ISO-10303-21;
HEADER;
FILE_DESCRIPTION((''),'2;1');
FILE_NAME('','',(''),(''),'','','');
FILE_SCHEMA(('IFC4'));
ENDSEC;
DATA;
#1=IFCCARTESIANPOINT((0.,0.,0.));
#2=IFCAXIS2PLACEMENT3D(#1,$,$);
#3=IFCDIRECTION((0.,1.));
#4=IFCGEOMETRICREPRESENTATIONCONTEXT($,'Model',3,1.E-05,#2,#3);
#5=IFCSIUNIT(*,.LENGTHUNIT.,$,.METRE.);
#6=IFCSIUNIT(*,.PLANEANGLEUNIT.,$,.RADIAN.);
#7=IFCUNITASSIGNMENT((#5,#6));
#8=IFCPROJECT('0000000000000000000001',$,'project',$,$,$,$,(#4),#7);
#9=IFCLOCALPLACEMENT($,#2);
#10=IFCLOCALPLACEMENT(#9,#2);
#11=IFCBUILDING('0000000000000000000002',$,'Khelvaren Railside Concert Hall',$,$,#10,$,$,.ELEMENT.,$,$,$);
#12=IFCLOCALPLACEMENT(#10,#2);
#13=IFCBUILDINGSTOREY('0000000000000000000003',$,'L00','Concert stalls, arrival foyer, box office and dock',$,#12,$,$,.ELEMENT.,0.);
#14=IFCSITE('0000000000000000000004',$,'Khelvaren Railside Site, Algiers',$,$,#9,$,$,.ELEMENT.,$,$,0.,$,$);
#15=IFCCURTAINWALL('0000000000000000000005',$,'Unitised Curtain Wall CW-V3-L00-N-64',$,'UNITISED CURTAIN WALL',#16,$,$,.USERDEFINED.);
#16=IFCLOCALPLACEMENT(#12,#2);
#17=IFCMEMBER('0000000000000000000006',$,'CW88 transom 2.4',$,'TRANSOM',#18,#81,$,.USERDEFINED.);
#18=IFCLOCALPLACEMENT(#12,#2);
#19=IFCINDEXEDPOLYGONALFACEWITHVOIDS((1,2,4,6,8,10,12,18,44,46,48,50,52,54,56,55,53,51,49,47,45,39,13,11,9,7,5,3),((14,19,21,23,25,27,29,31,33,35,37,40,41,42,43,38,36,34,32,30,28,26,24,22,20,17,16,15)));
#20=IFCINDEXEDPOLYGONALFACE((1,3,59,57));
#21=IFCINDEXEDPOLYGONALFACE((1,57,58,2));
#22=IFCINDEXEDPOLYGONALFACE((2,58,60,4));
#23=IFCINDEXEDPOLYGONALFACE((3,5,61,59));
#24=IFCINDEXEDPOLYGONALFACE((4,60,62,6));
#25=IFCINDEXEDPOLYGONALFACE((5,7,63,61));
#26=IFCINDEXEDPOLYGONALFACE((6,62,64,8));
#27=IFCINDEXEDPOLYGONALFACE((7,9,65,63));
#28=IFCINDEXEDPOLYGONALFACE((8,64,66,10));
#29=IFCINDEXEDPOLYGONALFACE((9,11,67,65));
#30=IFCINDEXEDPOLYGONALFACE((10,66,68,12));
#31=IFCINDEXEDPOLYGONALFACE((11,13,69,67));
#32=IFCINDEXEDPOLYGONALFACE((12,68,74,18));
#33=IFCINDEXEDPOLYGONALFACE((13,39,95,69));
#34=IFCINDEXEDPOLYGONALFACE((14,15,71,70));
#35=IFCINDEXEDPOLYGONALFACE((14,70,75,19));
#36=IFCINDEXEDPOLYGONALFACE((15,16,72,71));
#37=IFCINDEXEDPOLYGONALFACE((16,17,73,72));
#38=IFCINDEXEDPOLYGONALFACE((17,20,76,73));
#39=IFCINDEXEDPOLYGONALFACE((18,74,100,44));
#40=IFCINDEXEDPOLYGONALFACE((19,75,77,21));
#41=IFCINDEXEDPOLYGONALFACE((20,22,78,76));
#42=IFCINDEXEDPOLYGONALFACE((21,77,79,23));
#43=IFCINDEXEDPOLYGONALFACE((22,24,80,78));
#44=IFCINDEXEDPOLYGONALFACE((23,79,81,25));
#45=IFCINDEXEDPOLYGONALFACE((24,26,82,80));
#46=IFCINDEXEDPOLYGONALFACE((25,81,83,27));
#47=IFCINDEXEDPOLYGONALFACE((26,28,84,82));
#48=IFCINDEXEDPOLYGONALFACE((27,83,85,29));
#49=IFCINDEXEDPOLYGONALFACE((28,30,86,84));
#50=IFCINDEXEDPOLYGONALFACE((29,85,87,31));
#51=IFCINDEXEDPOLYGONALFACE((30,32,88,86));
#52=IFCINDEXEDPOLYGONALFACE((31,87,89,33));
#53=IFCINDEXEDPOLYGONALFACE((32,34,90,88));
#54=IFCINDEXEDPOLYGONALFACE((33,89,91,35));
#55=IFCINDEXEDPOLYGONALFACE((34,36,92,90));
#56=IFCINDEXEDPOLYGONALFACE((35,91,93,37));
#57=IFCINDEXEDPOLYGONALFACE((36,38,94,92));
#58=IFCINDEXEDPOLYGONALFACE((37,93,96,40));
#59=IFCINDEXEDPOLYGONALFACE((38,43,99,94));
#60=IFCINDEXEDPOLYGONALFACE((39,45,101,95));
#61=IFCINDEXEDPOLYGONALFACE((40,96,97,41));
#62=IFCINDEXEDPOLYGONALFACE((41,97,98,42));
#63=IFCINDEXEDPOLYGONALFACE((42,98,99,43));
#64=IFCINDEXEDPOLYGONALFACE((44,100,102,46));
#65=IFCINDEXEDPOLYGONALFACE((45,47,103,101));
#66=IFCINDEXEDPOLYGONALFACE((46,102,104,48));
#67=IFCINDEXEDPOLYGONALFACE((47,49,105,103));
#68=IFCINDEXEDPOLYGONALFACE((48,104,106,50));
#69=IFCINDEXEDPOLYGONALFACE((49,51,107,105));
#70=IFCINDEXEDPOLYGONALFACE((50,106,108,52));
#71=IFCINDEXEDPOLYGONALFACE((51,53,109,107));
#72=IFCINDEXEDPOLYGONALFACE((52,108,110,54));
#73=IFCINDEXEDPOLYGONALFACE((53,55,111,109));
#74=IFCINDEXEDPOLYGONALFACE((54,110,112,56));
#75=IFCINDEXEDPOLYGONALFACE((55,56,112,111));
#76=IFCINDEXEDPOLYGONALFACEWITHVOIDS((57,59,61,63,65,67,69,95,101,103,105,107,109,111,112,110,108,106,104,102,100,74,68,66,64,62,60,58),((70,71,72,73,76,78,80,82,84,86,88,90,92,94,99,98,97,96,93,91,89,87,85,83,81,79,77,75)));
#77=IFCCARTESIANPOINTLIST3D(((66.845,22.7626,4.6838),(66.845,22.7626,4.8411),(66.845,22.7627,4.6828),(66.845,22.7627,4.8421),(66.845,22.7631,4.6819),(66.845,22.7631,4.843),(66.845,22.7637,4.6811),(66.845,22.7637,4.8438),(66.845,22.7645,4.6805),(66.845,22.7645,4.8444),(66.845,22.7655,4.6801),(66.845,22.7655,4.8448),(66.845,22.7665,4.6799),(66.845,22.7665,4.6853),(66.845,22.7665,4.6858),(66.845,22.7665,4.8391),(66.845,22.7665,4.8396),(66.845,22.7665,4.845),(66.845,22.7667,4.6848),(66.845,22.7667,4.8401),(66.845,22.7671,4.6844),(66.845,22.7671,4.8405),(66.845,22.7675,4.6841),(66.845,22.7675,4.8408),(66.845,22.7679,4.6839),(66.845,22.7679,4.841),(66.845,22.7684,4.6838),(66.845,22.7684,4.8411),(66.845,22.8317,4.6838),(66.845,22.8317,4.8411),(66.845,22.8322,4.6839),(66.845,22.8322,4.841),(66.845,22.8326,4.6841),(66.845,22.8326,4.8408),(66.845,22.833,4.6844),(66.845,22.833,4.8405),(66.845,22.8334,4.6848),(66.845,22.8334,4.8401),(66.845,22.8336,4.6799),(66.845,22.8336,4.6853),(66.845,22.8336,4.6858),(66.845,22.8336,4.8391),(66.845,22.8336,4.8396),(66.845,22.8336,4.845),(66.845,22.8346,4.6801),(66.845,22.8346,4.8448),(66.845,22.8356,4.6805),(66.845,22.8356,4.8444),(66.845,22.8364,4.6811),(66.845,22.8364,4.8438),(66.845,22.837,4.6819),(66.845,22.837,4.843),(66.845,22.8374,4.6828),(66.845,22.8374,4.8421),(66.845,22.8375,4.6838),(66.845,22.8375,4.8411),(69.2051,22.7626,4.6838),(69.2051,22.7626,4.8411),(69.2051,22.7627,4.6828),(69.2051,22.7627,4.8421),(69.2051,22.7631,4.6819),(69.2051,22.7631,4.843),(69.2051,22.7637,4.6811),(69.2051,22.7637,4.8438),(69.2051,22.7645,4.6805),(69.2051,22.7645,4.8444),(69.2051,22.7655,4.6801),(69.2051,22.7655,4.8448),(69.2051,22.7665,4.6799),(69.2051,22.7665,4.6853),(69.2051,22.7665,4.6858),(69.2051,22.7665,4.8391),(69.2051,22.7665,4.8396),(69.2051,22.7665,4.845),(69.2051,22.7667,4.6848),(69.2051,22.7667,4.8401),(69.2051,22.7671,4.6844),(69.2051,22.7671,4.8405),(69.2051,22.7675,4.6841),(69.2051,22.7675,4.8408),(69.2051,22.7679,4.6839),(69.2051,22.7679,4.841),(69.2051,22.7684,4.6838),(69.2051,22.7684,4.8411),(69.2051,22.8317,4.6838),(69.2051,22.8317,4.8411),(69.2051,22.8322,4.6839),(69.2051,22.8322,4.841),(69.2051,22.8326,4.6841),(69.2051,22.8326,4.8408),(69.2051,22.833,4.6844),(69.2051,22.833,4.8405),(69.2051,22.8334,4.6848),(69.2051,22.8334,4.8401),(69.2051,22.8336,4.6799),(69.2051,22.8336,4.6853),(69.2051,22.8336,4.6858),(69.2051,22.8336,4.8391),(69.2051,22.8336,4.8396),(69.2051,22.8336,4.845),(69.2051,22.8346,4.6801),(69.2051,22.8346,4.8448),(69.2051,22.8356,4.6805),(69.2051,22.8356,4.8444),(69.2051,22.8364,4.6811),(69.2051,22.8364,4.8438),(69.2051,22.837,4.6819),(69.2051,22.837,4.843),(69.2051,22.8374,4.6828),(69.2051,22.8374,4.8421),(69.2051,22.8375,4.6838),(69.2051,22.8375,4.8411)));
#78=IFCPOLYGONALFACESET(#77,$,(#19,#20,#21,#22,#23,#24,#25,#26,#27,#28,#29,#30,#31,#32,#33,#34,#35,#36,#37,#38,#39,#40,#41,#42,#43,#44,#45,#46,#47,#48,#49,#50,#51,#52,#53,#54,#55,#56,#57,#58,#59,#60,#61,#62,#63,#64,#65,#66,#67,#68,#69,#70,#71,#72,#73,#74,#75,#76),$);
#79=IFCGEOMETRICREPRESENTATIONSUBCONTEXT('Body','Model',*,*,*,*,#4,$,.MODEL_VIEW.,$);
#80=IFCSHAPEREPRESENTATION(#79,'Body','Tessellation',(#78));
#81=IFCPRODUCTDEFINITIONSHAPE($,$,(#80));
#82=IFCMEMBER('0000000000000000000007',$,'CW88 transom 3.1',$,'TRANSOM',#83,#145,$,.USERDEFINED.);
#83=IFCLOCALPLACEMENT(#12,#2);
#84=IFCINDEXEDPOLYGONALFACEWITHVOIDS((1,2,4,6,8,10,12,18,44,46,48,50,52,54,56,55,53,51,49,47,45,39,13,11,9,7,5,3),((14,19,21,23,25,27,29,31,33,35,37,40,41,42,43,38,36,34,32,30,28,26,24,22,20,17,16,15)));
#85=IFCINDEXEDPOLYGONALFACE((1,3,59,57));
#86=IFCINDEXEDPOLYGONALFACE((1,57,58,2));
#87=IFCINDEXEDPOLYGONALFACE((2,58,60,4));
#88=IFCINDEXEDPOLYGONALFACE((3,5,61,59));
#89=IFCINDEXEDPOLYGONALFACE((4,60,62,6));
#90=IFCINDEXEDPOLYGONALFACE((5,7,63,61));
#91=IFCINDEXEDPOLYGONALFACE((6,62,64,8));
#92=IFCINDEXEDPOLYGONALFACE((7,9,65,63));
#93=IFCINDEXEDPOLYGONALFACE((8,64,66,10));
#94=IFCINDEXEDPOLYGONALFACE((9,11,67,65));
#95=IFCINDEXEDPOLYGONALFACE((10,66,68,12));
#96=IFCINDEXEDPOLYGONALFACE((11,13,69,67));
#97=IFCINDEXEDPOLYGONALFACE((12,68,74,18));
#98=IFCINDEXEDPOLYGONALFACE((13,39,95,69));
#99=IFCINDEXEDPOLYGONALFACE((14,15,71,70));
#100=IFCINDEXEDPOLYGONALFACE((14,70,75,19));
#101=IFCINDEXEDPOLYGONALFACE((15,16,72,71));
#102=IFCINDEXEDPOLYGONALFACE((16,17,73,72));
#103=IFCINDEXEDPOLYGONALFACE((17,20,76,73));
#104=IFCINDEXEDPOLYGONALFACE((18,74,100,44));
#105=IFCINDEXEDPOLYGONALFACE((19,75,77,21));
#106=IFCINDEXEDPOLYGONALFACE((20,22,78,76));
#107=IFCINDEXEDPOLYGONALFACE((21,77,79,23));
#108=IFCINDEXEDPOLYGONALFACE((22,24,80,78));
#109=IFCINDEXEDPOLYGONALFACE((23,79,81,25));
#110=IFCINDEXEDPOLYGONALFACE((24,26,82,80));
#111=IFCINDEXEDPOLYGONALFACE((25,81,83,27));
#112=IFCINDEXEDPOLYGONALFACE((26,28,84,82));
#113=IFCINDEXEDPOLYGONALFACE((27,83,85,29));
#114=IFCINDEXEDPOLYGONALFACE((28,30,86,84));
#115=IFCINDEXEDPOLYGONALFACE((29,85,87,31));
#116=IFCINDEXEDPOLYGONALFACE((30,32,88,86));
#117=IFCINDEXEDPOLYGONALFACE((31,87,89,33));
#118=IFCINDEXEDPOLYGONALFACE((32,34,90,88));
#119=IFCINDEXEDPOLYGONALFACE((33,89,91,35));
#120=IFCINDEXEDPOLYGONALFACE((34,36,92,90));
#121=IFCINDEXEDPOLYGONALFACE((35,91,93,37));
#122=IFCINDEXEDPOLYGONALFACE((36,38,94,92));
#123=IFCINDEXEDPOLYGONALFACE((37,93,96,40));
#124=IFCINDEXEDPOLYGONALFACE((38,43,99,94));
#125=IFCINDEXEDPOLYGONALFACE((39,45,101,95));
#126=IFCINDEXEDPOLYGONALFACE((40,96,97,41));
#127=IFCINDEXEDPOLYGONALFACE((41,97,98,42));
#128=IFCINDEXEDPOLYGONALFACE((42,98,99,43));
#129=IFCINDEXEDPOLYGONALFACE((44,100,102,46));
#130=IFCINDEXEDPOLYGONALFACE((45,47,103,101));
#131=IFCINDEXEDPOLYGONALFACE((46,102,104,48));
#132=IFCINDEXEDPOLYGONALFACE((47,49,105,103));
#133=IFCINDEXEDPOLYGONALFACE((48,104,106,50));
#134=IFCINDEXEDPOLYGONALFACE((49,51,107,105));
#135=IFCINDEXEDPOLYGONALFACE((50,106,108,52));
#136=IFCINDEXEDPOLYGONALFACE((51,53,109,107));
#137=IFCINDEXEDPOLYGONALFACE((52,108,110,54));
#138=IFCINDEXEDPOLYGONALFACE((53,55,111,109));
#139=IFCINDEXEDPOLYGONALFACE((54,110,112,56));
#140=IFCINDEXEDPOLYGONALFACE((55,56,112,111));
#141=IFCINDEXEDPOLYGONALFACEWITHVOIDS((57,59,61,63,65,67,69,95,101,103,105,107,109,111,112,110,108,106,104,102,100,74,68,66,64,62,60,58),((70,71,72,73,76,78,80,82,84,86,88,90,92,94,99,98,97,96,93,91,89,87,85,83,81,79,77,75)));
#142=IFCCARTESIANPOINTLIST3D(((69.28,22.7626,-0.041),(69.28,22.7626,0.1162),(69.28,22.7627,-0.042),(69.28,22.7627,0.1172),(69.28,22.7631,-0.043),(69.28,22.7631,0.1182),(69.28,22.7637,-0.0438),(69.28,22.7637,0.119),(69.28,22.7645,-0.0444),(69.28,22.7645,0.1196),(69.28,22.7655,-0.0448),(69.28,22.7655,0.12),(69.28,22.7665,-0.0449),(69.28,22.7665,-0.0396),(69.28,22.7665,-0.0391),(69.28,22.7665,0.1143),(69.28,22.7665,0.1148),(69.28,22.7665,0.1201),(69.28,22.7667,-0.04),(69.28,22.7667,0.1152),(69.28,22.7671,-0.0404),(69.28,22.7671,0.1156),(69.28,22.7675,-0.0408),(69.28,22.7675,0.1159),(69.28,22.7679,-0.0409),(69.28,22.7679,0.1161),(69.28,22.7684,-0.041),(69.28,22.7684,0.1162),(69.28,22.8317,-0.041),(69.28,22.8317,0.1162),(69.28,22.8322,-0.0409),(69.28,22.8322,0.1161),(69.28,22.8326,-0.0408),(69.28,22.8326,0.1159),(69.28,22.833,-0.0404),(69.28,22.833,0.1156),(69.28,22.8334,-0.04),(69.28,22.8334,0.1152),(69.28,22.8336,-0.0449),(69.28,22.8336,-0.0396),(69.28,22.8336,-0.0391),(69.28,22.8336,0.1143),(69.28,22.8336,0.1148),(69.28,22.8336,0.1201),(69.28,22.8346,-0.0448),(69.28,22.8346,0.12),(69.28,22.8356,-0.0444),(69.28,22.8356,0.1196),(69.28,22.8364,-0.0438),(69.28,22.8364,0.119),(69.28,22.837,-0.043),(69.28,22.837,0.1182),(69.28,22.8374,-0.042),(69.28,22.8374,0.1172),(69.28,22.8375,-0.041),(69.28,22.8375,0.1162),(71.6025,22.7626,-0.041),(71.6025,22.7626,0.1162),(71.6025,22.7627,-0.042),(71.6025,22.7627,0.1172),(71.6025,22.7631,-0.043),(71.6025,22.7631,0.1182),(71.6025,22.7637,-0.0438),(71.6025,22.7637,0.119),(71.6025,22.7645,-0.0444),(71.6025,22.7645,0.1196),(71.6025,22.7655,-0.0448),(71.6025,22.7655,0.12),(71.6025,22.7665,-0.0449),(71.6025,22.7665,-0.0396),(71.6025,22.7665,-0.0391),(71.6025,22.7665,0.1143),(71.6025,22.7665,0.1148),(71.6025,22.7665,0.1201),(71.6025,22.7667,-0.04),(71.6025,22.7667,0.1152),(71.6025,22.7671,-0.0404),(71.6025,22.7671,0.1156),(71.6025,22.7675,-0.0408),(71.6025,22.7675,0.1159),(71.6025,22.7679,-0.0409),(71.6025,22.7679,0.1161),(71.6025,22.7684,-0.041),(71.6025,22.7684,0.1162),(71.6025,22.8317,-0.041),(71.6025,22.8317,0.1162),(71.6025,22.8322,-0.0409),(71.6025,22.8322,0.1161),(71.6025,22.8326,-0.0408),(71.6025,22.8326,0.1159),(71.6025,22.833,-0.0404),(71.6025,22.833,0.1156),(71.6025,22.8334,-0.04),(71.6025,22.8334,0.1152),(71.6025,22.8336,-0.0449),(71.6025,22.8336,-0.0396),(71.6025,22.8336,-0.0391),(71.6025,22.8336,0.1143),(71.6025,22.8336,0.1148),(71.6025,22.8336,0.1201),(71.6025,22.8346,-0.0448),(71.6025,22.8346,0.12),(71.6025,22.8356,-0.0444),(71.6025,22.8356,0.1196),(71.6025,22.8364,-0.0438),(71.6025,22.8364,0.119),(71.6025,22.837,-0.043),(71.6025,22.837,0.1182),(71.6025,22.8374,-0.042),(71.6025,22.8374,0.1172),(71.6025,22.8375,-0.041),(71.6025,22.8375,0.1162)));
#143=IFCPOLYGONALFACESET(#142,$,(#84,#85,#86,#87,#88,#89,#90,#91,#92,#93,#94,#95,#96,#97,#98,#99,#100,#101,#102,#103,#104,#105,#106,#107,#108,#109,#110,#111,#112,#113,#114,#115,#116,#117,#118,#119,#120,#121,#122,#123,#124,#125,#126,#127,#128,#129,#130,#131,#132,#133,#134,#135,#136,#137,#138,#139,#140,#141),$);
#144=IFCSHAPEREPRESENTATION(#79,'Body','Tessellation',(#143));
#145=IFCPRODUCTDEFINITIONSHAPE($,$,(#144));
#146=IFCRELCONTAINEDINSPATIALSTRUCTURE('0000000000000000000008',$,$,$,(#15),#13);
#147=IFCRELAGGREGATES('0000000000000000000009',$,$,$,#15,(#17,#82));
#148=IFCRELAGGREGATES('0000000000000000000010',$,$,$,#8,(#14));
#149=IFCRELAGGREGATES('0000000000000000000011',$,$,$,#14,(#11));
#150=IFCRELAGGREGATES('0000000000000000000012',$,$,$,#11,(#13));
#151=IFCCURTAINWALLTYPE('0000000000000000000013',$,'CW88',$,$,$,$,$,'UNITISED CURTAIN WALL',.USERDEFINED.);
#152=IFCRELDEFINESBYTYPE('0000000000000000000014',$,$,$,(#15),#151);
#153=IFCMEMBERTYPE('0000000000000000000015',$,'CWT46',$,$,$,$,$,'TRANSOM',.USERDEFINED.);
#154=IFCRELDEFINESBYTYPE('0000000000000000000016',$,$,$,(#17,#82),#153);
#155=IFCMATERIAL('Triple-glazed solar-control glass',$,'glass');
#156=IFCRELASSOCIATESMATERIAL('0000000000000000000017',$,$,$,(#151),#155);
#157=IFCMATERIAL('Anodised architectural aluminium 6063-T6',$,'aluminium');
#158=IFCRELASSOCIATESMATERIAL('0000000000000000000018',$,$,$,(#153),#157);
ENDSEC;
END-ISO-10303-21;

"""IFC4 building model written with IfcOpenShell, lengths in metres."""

from ifc_helpers import new_model, si_unit, direction, frame, origin, origin_2d, place, context, subcontext, project, spatial, hollow_rectangle, extrude, material, material_profile, profile_set, type_object, element, aggregate, save


model = new_model("IFC4")

# Units and contexts
model_context = context("Model", 3, precision=1e-05, world=origin(), true_north=direction((0.0, 1.0)))
body_context = subcontext(model_context, "Body", "Model", "MODEL_VIEW")
ifc_project = project(units=[si_unit("LENGTHUNIT", "METRE"), si_unit("PLANEANGLEUNIT", "RADIAN")], contexts=[model_context])

# Site, building, storey
site_placement = place(None, origin())
site = spatial("IfcSite", under=ifc_project, at=site_placement, Name="Khelvaren Railside Site, Algiers", CompositionType="ELEMENT", RefElevation=0.0)
building_placement = place(site_placement, origin())
building = spatial("IfcBuilding", under=site, at=building_placement, Name="Khelvaren Railside Concert Hall", CompositionType="ELEMENT")
storey_placement = place(building_placement, origin())
storey = spatial("IfcBuildingStorey", under=building, at=storey_placement, Name="L00", Description="Concert stalls, arrival foyer, box office and dock", CompositionType="ELEMENT", Elevation=0.0)

# Curtain wall, members
ifc_material_1 = material(Name="Triple-glazed solar-control glass", Category="glass")
curtain_wall_type = type_object("IfcCurtainWallType", Name="CW88", ElementType="UNITISED CURTAIN WALL", PredefinedType="USERDEFINED", material=ifc_material_1)
curtain_wall_placement = place(storey_placement, origin())
curtain_wall = element("IfcCurtainWall", 1, at=curtain_wall_placement, inside=storey, type_object=curtain_wall_type, Name="Unitised Curtain Wall CW-V3-L00-N-64", ObjectType="UNITISED CURTAIN WALL", PredefinedType="USERDEFINED")
ifc_material_2 = material(Name="Anodised architectural aluminium 6063-T6", Category="aluminium")
ifc_material_profile_1 = material_profile(ifc_material_2, hollow_rectangle(XDim=0.075, YDim=0.165, WallThickness=0.0039, InnerFilletRadius=0.002, OuterFilletRadius=0.0039, at=origin_2d()), Name="CWT 75x165x4")
ifc_profile_set_1 = profile_set([ifc_material_profile_1], Name="Anodised architectural aluminium 6063-T6")
member_type_1 = type_object("IfcMemberType", Name="CWT46", ElementType="TRANSOM", PredefinedType="USERDEFINED", material=ifc_profile_set_1)
member_1_placement = place(storey_placement, frame((66.845, 22.8, 4.7625), z_axis=(1.0, 0.0, 0.0), x_axis=(0.0, 1.0, 0.0)))
member_1 = element("IfcMember", 2, at=member_1_placement, type_object=member_type_1, Name="CW88 transom 2.4", ObjectType="TRANSOM", PredefinedType="USERDEFINED", context=body_context, shape_type="SweptSolid", body=[
    extrude(hollow_rectangle(XDim=0.075, YDim=0.165, WallThickness=0.0039, InnerFilletRadius=0.002, OuterFilletRadius=0.0039, at=origin_2d()), origin(), (0.0, 0.0, 1.0), 2.3601),
])
member_2_placement = place(storey_placement, frame((69.28, 22.8, 0.0376), z_axis=(1.0, 0.0, 0.0), x_axis=(0.0, 1.0, 0.0)))
member_2 = element("IfcMember", 3, at=member_2_placement, type_object=member_type_1, Name="CW88 transom 3.1", ObjectType="TRANSOM", PredefinedType="USERDEFINED", context=body_context, shape_type="SweptSolid", body=[
    extrude(hollow_rectangle(XDim=0.075, YDim=0.165, WallThickness=0.0039, InnerFilletRadius=0.002, OuterFilletRadius=0.0039, at=origin_2d()), origin(), (0.0, 0.0, 1.0), 2.3225),
])

aggregate(curtain_wall, [member_1, member_2])

save(model, "model.ifc")
